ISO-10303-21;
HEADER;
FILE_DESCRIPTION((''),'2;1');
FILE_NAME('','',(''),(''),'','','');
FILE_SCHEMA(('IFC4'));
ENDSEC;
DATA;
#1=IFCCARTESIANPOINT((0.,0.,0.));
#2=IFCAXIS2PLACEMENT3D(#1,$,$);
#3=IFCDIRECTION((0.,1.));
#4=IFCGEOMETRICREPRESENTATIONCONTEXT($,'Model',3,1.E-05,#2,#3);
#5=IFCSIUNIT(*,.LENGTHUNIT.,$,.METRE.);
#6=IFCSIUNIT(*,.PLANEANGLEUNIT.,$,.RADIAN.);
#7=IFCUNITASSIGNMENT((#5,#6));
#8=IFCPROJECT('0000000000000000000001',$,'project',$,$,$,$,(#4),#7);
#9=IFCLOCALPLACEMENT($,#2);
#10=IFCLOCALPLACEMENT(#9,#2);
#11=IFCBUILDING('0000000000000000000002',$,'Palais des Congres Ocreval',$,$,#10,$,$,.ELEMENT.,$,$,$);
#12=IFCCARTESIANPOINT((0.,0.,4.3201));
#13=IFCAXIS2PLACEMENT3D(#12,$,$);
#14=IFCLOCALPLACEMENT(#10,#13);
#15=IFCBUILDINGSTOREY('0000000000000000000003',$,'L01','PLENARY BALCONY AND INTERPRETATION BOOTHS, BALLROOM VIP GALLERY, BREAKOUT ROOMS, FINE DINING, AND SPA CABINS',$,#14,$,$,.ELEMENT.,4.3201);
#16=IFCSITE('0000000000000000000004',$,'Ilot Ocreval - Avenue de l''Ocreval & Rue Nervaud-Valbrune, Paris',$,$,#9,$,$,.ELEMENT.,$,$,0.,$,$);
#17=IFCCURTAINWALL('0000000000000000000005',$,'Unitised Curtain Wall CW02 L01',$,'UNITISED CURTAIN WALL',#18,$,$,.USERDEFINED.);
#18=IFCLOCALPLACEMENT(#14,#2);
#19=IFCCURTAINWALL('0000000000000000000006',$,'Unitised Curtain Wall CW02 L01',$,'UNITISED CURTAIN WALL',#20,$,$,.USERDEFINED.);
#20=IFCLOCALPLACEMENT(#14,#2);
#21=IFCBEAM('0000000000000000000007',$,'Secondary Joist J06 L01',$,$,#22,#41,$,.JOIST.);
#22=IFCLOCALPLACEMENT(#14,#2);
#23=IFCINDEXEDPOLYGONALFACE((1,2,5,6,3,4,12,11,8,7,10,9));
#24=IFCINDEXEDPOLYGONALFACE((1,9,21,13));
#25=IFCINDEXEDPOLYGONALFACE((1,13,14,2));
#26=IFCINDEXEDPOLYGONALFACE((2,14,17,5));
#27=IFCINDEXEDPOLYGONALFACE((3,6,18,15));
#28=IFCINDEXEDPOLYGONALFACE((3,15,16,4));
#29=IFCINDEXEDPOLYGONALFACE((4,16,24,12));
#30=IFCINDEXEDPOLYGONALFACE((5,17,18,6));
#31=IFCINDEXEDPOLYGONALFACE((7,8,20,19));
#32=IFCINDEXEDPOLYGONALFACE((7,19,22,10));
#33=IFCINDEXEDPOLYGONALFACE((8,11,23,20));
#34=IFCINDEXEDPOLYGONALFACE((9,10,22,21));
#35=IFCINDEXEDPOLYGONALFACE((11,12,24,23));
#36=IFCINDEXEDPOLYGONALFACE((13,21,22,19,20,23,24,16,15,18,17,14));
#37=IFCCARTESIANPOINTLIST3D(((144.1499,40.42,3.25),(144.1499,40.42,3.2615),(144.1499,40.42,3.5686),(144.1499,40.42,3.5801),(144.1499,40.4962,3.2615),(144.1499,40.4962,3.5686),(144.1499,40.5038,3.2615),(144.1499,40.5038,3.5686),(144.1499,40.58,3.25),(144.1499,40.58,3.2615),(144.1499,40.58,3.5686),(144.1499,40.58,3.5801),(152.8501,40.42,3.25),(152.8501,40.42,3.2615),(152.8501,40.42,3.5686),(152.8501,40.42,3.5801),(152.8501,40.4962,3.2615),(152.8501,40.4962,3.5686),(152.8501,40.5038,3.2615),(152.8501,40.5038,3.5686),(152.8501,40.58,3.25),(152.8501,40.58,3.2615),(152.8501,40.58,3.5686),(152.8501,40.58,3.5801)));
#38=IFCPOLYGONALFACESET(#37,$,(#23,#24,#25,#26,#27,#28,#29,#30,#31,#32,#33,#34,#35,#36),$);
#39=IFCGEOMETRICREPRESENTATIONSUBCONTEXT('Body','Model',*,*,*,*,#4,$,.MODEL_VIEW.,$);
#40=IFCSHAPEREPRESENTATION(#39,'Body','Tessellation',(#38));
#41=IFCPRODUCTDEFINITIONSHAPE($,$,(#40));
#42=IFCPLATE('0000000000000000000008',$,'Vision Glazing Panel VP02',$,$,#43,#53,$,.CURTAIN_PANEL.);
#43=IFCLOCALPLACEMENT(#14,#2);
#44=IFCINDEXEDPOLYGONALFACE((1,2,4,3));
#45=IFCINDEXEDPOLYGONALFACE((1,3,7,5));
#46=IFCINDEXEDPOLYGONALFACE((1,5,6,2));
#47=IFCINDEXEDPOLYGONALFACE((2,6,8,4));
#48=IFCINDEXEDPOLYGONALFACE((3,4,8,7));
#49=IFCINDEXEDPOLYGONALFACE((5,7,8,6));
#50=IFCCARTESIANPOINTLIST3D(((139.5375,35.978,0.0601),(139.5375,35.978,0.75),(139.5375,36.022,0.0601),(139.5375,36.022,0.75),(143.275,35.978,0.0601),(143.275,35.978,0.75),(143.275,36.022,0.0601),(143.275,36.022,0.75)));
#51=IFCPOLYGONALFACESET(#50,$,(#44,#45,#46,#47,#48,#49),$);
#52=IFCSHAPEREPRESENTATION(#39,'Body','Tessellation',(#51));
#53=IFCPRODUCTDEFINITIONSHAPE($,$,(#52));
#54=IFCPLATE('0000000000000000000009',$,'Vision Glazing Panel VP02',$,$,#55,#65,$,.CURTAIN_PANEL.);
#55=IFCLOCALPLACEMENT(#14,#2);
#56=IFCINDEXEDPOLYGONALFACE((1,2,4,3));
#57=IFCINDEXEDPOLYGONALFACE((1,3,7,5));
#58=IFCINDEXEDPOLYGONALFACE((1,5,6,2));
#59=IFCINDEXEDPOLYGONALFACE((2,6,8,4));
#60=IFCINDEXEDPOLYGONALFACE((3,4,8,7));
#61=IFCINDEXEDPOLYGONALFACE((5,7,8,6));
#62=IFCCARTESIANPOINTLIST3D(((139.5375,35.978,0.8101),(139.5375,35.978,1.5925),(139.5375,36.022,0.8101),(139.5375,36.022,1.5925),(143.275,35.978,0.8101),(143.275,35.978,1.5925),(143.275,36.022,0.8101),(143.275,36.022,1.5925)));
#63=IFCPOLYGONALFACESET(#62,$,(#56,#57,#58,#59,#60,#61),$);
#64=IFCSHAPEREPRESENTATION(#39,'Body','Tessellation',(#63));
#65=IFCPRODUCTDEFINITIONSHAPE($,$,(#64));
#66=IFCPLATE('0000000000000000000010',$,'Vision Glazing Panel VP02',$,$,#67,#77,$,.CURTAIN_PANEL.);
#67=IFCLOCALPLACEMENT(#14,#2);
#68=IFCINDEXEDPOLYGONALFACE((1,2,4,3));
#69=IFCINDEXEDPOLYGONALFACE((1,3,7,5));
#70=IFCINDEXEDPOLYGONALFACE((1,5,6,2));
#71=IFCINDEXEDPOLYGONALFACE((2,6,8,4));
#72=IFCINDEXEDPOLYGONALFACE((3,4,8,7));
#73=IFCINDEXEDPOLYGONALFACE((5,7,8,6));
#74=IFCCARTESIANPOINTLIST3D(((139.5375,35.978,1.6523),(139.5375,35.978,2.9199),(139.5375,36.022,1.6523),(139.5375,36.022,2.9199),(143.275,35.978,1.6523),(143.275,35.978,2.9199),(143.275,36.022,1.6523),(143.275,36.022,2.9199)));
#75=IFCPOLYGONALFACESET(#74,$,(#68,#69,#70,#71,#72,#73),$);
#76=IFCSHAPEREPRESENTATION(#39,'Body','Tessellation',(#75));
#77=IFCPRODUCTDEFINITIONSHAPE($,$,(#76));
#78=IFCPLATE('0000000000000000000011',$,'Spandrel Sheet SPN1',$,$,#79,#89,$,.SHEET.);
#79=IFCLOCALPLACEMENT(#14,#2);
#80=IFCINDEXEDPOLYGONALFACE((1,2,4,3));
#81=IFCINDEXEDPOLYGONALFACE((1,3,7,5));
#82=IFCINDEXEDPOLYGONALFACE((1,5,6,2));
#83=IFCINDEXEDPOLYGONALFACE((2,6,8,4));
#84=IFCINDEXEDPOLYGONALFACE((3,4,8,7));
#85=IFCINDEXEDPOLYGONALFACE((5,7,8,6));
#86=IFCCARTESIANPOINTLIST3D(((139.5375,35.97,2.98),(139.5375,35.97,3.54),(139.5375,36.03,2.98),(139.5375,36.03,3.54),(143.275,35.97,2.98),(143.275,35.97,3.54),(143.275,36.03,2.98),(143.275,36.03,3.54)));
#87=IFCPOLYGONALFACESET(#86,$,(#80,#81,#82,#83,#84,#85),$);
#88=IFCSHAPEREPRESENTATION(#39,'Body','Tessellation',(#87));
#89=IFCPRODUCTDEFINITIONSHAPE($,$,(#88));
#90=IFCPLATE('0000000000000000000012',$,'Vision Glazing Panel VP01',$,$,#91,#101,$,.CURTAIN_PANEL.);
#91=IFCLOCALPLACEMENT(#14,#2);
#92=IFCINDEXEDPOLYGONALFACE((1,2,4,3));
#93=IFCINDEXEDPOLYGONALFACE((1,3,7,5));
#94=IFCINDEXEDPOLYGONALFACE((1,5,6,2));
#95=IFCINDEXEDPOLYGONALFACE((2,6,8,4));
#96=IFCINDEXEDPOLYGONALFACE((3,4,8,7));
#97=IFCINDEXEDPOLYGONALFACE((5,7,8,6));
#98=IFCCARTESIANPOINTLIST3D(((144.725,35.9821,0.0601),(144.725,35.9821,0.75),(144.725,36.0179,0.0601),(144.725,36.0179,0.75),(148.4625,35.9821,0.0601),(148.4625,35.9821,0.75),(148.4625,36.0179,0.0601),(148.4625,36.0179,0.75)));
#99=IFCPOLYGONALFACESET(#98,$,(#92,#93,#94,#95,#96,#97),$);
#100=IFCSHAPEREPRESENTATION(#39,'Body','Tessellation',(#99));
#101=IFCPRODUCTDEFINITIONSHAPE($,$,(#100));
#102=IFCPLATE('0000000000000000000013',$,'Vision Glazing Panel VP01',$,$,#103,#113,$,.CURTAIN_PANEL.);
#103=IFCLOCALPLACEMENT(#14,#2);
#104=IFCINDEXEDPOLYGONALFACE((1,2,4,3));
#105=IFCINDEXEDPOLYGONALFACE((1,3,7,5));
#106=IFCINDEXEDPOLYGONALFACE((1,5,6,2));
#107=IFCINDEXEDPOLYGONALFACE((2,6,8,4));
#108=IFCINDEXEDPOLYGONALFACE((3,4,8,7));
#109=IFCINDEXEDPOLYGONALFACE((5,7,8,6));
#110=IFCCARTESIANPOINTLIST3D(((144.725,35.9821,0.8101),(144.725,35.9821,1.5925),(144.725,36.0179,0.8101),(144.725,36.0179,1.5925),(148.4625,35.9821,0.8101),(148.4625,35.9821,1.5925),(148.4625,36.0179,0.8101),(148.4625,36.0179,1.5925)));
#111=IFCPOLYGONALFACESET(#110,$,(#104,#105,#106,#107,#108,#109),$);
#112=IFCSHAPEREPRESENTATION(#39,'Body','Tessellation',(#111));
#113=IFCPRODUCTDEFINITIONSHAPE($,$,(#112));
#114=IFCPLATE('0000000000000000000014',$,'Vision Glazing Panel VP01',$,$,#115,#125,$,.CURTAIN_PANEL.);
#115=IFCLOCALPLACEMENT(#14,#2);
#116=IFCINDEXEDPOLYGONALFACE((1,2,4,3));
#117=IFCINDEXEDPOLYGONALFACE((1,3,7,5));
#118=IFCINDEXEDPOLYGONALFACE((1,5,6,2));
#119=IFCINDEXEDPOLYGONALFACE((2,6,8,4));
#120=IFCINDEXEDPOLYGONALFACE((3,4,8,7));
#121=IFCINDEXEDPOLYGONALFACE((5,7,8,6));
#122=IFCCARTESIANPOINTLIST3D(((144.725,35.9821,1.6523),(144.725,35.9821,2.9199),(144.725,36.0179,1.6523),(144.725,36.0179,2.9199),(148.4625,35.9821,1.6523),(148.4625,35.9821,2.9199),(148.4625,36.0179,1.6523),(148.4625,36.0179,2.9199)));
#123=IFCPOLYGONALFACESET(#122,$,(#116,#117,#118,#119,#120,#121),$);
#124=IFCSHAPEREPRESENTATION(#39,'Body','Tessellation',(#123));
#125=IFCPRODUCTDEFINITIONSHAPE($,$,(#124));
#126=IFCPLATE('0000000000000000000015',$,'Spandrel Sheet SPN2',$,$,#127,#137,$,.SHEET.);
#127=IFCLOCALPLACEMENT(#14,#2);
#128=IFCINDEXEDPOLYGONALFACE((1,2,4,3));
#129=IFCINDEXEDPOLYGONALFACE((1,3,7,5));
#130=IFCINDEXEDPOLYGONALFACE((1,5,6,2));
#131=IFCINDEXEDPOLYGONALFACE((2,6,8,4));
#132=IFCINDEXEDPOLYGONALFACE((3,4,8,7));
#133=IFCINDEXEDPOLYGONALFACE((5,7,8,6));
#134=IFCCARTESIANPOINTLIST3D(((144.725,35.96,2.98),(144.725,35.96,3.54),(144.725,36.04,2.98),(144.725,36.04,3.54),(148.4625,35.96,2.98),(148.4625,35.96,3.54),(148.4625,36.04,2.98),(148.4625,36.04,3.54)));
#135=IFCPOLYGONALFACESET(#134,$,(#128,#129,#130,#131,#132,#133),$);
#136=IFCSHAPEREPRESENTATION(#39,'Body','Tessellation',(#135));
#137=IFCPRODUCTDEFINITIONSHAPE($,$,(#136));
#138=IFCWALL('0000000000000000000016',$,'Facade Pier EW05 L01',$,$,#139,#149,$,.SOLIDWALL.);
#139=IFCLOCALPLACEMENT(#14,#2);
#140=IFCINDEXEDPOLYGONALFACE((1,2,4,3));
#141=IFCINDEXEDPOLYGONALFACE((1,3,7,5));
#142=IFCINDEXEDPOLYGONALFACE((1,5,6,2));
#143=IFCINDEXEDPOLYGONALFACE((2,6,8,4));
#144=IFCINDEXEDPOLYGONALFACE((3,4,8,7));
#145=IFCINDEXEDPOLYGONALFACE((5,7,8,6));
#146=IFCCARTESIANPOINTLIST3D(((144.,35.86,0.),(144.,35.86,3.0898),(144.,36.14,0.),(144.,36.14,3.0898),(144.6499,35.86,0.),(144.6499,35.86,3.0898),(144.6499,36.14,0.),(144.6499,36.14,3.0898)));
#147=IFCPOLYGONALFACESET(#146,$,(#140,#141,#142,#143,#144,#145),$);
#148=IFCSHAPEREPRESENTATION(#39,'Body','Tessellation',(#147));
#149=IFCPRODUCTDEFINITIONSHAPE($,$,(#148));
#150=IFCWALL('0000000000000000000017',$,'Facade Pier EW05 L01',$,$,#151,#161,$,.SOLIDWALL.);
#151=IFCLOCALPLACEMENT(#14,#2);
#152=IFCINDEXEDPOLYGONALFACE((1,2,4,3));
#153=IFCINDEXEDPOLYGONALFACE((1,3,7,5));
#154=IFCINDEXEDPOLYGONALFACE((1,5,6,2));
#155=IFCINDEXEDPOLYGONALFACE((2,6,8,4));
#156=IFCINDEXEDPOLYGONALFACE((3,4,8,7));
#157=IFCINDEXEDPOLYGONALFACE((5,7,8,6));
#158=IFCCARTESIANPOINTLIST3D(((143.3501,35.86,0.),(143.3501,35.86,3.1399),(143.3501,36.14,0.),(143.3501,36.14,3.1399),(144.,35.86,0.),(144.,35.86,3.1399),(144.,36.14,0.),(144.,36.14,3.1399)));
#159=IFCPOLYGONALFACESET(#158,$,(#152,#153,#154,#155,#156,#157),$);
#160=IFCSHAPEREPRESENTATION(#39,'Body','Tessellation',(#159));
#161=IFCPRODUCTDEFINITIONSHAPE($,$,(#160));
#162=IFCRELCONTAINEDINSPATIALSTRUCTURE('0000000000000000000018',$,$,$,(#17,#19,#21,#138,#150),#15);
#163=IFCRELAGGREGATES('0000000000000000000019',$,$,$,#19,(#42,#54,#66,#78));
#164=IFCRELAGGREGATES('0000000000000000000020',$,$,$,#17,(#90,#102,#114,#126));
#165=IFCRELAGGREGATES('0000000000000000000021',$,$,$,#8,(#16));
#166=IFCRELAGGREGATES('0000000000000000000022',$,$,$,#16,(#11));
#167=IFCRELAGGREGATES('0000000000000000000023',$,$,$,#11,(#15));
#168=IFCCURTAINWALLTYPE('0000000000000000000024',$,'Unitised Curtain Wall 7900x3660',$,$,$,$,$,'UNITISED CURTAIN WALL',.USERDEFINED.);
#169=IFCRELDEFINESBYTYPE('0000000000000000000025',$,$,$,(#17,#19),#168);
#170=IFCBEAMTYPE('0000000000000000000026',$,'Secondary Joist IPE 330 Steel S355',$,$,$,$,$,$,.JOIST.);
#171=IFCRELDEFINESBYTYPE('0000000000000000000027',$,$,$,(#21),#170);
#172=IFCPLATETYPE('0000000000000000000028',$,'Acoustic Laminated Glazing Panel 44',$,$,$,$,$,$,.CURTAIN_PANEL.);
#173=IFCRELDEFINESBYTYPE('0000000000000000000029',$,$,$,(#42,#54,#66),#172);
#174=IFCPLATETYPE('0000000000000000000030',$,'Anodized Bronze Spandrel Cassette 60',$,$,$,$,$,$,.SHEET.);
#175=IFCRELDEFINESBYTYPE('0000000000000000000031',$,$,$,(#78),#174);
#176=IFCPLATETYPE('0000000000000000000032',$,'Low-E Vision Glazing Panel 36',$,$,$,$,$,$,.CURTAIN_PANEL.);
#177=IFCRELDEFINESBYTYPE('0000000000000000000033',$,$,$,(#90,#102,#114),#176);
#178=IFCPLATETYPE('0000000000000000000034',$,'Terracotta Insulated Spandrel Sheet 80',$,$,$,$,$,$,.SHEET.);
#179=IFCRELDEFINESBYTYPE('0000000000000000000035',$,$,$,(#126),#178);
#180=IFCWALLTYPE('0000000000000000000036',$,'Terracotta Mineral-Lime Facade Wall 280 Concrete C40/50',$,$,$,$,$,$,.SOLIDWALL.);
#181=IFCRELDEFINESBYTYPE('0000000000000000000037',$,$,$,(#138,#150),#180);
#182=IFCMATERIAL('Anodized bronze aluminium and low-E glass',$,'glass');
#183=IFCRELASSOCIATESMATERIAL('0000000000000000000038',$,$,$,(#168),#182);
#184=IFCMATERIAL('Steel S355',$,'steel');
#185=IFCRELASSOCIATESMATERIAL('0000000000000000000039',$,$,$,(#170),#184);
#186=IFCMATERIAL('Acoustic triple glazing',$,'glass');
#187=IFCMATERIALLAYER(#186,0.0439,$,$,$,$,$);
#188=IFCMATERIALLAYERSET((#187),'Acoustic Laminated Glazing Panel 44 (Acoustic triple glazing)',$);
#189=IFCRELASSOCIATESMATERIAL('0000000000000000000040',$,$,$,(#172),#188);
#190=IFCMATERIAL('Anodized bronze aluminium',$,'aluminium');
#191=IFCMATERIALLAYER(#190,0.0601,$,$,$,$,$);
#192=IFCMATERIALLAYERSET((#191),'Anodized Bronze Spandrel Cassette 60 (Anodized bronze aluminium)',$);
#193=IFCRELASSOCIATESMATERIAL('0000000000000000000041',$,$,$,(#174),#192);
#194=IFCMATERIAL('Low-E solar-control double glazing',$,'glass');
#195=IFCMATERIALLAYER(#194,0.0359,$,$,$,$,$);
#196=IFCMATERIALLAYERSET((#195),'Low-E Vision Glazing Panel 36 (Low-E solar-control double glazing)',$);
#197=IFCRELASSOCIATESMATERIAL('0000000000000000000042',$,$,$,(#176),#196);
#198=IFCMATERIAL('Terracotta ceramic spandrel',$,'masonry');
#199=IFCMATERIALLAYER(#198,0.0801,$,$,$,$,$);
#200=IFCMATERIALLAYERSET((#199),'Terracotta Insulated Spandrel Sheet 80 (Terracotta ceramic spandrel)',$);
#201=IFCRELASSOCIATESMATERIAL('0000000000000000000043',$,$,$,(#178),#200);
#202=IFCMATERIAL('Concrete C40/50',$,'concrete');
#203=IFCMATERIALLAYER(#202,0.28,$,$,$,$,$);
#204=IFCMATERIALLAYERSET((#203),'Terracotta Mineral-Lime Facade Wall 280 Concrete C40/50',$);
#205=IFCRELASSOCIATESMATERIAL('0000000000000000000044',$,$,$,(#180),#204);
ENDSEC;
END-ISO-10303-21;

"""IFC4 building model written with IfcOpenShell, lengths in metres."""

from ifc_helpers import new_model, si_unit, direction, frame, frame_2d, origin, origin_2d, place, context, subcontext, project, spatial, rectangle, i_section, extrude, material, layer, layer_set, material_profile, profile_set, type_object, element, aggregate, save


model = new_model("IFC4")

# Units and contexts
model_context = context("Model", 3, precision=1e-05, world=origin(), true_north=direction((0.0, 1.0)))
body_context = subcontext(model_context, "Body", "Model", "MODEL_VIEW")
ifc_project = project(units=[si_unit("LENGTHUNIT", "METRE"), si_unit("PLANEANGLEUNIT", "RADIAN")], contexts=[model_context])

# Site, building, storey
site_placement = place(None, origin())
site = spatial("IfcSite", under=ifc_project, at=site_placement, Name="Ilot Ocreval - Avenue de l'Ocreval & Rue Nervaud-Valbrune, Paris", CompositionType="ELEMENT", RefElevation=0.0)
building_placement = place(site_placement, origin())
building = spatial("IfcBuilding", under=site, at=building_placement, Name="Palais des Congres Ocreval", CompositionType="ELEMENT")
storey_placement = place(building_placement, frame((0.0, 0.0, 4.3201)))
storey = spatial("IfcBuildingStorey", under=building, at=storey_placement, Name="L01", Description="PLENARY BALCONY AND INTERPRETATION BOOTHS, BALLROOM VIP GALLERY, BREAKOUT ROOMS, FINE DINING, AND SPA CABINS", CompositionType="ELEMENT", Elevation=4.3201)

# Shared definitions
ifc_material_1 = material(Name="Steel S355", Category="steel")

# Curtain walls
ifc_material_2 = material(Name="Anodized bronze aluminium and low-E glass", Category="glass")
curtain_wall_type = type_object("IfcCurtainWallType", Name="Unitised Curtain Wall 7900x3660", ElementType="UNITISED CURTAIN WALL", PredefinedType="USERDEFINED", material=ifc_material_2)
curtain_wall_1_placement = place(storey_placement, origin())
curtain_wall_1 = element("IfcCurtainWall", 1, at=curtain_wall_1_placement, inside=storey, type_object=curtain_wall_type, Name="Unitised Curtain Wall CW02 L01", ObjectType="UNITISED CURTAIN WALL", PredefinedType="USERDEFINED")
ifc_material_3 = material(Name="Anodized bronze aluminium", Category="aluminium")
curtain_wall_2_placement = place(storey_placement, origin())
curtain_wall_2 = element("IfcCurtainWall", 2, at=curtain_wall_2_placement, inside=storey, type_object=curtain_wall_type, Name="Unitised Curtain Wall CW02 L01", ObjectType="UNITISED CURTAIN WALL", PredefinedType="USERDEFINED")

# Beam
ifc_material_profile_1 = material_profile(ifc_material_1, i_section(OverallWidth=0.1599, OverallDepth=0.3301, WebThickness=0.0076, FlangeThickness=0.0115, at=origin_2d()), Name="IPE 330")
ifc_profile_set_1 = profile_set([ifc_material_profile_1], Name="Steel S355")
beam_type_1 = type_object("IfcBeamType", Name="Secondary Joist IPE 330 Steel S355", PredefinedType="JOIST", material=ifc_profile_set_1)
beam_1_placement = place(storey_placement, frame((144.1499, 40.5, 3.415), z_axis=(1.0, 0.0, 0.0), x_axis=(0.0, 1.0, 0.0)))
element("IfcBeam", 3, at=beam_1_placement, inside=storey, type_object=beam_type_1, Name="Secondary Joist J06 L01", PredefinedType="JOIST", context=body_context, shape_type="SweptSolid", body=[
    extrude(i_section(OverallWidth=0.1599, OverallDepth=0.3301, WebThickness=0.0076, FlangeThickness=0.0115, at=origin_2d()), origin(), (0.0, 0.0, 1.0), 8.7002),
])

# Plates
ifc_material_4 = material(Name="Acoustic triple glazing", Category="glass")
ifc_layer_1 = layer(ifc_material_4, 0.0439)
ifc_layer_set_1 = layer_set([ifc_layer_1], Name="Acoustic Laminated Glazing Panel 44 (Acoustic triple glazing)")
plate_type_1 = type_object("IfcPlateType", Name="Acoustic Laminated Glazing Panel 44", PredefinedType="CURTAIN_PANEL", material=ifc_layer_set_1)
plate_1_placement = place(storey_placement, frame((141.4062, 36.0, 0.0601), z_axis=(0.0, 0.0, 1.0), x_axis=(-1.0, 0.0, 0.0)))
plate_1 = element("IfcPlate", 4, at=plate_1_placement, type_object=plate_type_1, Name="Vision Glazing Panel VP02", PredefinedType="CURTAIN_PANEL", context=body_context, shape_type="SweptSolid", body=[
    extrude(rectangle(XDim=3.7375, YDim=0.0439, at=origin_2d()), origin(), (0.0, 0.0, 1.0), 0.6899),
])
plate_2_placement = place(storey_placement, frame((141.4062, 36.0, 0.8101), z_axis=(0.0, 0.0, 1.0), x_axis=(-1.0, 0.0, 0.0)))
plate_2 = element("IfcPlate", 5, at=plate_2_placement, type_object=plate_type_1, Name="Vision Glazing Panel VP02", PredefinedType="CURTAIN_PANEL", context=body_context, shape_type="SweptSolid", body=[
    extrude(rectangle(XDim=3.7375, YDim=0.0439, at=origin_2d()), origin(), (0.0, 0.0, 1.0), 0.7825),
])
plate_3_placement = place(storey_placement, frame((141.4062, 36.0, 1.6523), z_axis=(0.0, 0.0, 1.0), x_axis=(-1.0, 0.0, 0.0)))
plate_3 = element("IfcPlate", 6, at=plate_3_placement, type_object=plate_type_1, Name="Vision Glazing Panel VP02", PredefinedType="CURTAIN_PANEL", context=body_context, shape_type="SweptSolid", body=[
    extrude(rectangle(XDim=3.7375, YDim=0.0439, at=origin_2d()), origin(), (0.0, 0.0, 1.0), 1.2676),
])
ifc_layer_2 = layer(ifc_material_3, 0.0601)
ifc_layer_set_2 = layer_set([ifc_layer_2], Name="Anodized Bronze Spandrel Cassette 60 (Anodized bronze aluminium)")
plate_type_2 = type_object("IfcPlateType", Name="Anodized Bronze Spandrel Cassette 60", PredefinedType="SHEET", material=ifc_layer_set_2)
plate_4_placement = place(storey_placement, frame((141.4062, 36.0, 2.98), z_axis=(0.0, 0.0, 1.0), x_axis=(-1.0, 0.0, 0.0)))
plate_4 = element("IfcPlate", 7, at=plate_4_placement, type_object=plate_type_2, Name="Spandrel Sheet SPN1", PredefinedType="SHEET", context=body_context, shape_type="SweptSolid", body=[
    extrude(rectangle(XDim=3.7375, YDim=0.0601, at=origin_2d()), origin(), (0.0, 0.0, 1.0), 0.5601),
])
aggregate(curtain_wall_2, [plate_1, plate_2, plate_3, plate_4])
ifc_material_5 = material(Name="Low-E solar-control double glazing", Category="glass")
ifc_layer_3 = layer(ifc_material_5, 0.0359)
ifc_layer_set_3 = layer_set([ifc_layer_3], Name="Low-E Vision Glazing Panel 36 (Low-E solar-control double glazing)")
plate_type_3 = type_object("IfcPlateType", Name="Low-E Vision Glazing Panel 36", PredefinedType="CURTAIN_PANEL", material=ifc_layer_set_3)
plate_5_placement = place(storey_placement, frame((146.5938, 36.0, 0.0601), z_axis=(0.0, 0.0, 1.0), x_axis=(-1.0, 0.0, 0.0)))
plate_5 = element("IfcPlate", 8, at=plate_5_placement, type_object=plate_type_3, Name="Vision Glazing Panel VP01", PredefinedType="CURTAIN_PANEL", context=body_context, shape_type="SweptSolid", body=[
    extrude(rectangle(XDim=3.7375, YDim=0.0359, at=origin_2d()), origin(), (0.0, 0.0, 1.0), 0.6899),
])
plate_6_placement = place(storey_placement, frame((146.5938, 36.0, 0.8101), z_axis=(0.0, 0.0, 1.0), x_axis=(-1.0, 0.0, 0.0)))
plate_6 = element("IfcPlate", 9, at=plate_6_placement, type_object=plate_type_3, Name="Vision Glazing Panel VP01", PredefinedType="CURTAIN_PANEL", context=body_context, shape_type="SweptSolid", body=[
    extrude(rectangle(XDim=3.7375, YDim=0.0359, at=origin_2d()), origin(), (0.0, 0.0, 1.0), 0.7825),
])
plate_7_placement = place(storey_placement, frame((146.5938, 36.0, 1.6523), z_axis=(0.0, 0.0, 1.0), x_axis=(-1.0, 0.0, 0.0)))
plate_7 = element("IfcPlate", 10, at=plate_7_placement, type_object=plate_type_3, Name="Vision Glazing Panel VP01", PredefinedType="CURTAIN_PANEL", context=body_context, shape_type="SweptSolid", body=[
    extrude(rectangle(XDim=3.7375, YDim=0.0359, at=origin_2d()), origin(), (0.0, 0.0, 1.0), 1.2676),
])
ifc_material_6 = material(Name="Terracotta ceramic spandrel", Category="masonry")
ifc_layer_4 = layer(ifc_material_6, 0.0801)
ifc_layer_set_4 = layer_set([ifc_layer_4], Name="Terracotta Insulated Spandrel Sheet 80 (Terracotta ceramic spandrel)")
plate_type_4 = type_object("IfcPlateType", Name="Terracotta Insulated Spandrel Sheet 80", PredefinedType="SHEET", material=ifc_layer_set_4)
plate_8_placement = place(storey_placement, frame((146.5938, 36.0, 2.98), z_axis=(0.0, 0.0, 1.0), x_axis=(-1.0, 0.0, 0.0)))
plate_8 = element("IfcPlate", 11, at=plate_8_placement, type_object=plate_type_4, Name="Spandrel Sheet SPN2", PredefinedType="SHEET", context=body_context, shape_type="SweptSolid", body=[
    extrude(rectangle(XDim=3.7375, YDim=0.0801, at=origin_2d()), origin(), (0.0, 0.0, 1.0), 0.5601),
])
aggregate(curtain_wall_1, [plate_5, plate_6, plate_7, plate_8])

# Walls
ifc_material_7 = material(Name="Concrete C40/50", Category="concrete")
ifc_layer_5 = layer(ifc_material_7, 0.28)
ifc_layer_set_5 = layer_set([ifc_layer_5], Name="Terracotta Mineral-Lime Facade Wall 280 Concrete C40/50")
wall_type = type_object("IfcWallType", Name="Terracotta Mineral-Lime Facade Wall 280 Concrete C40/50", PredefinedType="SOLIDWALL", material=ifc_layer_set_5)
wall_1_placement = place(storey_placement, frame((144.6499, 36.0, 0.0), z_axis=(0.0, 0.0, 1.0), x_axis=(-1.0, 0.0, 0.0)))
element("IfcWall", 12, at=wall_1_placement, inside=storey, type_object=wall_type, Name="Facade Pier EW05 L01", PredefinedType="SOLIDWALL", context=body_context, shape_type="SweptSolid", body=[
    extrude(rectangle(XDim=0.6499, YDim=0.28, at=frame_2d((0.325, 0.0))), origin(), (0.0, 0.0, 1.0), 3.0898),
])
wall_2_placement = place(storey_placement, frame((144.0, 36.0, 0.0), z_axis=(0.0, 0.0, 1.0), x_axis=(-1.0, 0.0, 0.0)))
element("IfcWall", 13, at=wall_2_placement, inside=storey, type_object=wall_type, Name="Facade Pier EW05 L01", PredefinedType="SOLIDWALL", context=body_context, shape_type="SweptSolid", body=[
    extrude(rectangle(XDim=0.6499, YDim=0.28, at=frame_2d((0.325, 0.0))), origin(), (0.0, 0.0, 1.0), 3.1399),
])

save(model, "model.ifc")
